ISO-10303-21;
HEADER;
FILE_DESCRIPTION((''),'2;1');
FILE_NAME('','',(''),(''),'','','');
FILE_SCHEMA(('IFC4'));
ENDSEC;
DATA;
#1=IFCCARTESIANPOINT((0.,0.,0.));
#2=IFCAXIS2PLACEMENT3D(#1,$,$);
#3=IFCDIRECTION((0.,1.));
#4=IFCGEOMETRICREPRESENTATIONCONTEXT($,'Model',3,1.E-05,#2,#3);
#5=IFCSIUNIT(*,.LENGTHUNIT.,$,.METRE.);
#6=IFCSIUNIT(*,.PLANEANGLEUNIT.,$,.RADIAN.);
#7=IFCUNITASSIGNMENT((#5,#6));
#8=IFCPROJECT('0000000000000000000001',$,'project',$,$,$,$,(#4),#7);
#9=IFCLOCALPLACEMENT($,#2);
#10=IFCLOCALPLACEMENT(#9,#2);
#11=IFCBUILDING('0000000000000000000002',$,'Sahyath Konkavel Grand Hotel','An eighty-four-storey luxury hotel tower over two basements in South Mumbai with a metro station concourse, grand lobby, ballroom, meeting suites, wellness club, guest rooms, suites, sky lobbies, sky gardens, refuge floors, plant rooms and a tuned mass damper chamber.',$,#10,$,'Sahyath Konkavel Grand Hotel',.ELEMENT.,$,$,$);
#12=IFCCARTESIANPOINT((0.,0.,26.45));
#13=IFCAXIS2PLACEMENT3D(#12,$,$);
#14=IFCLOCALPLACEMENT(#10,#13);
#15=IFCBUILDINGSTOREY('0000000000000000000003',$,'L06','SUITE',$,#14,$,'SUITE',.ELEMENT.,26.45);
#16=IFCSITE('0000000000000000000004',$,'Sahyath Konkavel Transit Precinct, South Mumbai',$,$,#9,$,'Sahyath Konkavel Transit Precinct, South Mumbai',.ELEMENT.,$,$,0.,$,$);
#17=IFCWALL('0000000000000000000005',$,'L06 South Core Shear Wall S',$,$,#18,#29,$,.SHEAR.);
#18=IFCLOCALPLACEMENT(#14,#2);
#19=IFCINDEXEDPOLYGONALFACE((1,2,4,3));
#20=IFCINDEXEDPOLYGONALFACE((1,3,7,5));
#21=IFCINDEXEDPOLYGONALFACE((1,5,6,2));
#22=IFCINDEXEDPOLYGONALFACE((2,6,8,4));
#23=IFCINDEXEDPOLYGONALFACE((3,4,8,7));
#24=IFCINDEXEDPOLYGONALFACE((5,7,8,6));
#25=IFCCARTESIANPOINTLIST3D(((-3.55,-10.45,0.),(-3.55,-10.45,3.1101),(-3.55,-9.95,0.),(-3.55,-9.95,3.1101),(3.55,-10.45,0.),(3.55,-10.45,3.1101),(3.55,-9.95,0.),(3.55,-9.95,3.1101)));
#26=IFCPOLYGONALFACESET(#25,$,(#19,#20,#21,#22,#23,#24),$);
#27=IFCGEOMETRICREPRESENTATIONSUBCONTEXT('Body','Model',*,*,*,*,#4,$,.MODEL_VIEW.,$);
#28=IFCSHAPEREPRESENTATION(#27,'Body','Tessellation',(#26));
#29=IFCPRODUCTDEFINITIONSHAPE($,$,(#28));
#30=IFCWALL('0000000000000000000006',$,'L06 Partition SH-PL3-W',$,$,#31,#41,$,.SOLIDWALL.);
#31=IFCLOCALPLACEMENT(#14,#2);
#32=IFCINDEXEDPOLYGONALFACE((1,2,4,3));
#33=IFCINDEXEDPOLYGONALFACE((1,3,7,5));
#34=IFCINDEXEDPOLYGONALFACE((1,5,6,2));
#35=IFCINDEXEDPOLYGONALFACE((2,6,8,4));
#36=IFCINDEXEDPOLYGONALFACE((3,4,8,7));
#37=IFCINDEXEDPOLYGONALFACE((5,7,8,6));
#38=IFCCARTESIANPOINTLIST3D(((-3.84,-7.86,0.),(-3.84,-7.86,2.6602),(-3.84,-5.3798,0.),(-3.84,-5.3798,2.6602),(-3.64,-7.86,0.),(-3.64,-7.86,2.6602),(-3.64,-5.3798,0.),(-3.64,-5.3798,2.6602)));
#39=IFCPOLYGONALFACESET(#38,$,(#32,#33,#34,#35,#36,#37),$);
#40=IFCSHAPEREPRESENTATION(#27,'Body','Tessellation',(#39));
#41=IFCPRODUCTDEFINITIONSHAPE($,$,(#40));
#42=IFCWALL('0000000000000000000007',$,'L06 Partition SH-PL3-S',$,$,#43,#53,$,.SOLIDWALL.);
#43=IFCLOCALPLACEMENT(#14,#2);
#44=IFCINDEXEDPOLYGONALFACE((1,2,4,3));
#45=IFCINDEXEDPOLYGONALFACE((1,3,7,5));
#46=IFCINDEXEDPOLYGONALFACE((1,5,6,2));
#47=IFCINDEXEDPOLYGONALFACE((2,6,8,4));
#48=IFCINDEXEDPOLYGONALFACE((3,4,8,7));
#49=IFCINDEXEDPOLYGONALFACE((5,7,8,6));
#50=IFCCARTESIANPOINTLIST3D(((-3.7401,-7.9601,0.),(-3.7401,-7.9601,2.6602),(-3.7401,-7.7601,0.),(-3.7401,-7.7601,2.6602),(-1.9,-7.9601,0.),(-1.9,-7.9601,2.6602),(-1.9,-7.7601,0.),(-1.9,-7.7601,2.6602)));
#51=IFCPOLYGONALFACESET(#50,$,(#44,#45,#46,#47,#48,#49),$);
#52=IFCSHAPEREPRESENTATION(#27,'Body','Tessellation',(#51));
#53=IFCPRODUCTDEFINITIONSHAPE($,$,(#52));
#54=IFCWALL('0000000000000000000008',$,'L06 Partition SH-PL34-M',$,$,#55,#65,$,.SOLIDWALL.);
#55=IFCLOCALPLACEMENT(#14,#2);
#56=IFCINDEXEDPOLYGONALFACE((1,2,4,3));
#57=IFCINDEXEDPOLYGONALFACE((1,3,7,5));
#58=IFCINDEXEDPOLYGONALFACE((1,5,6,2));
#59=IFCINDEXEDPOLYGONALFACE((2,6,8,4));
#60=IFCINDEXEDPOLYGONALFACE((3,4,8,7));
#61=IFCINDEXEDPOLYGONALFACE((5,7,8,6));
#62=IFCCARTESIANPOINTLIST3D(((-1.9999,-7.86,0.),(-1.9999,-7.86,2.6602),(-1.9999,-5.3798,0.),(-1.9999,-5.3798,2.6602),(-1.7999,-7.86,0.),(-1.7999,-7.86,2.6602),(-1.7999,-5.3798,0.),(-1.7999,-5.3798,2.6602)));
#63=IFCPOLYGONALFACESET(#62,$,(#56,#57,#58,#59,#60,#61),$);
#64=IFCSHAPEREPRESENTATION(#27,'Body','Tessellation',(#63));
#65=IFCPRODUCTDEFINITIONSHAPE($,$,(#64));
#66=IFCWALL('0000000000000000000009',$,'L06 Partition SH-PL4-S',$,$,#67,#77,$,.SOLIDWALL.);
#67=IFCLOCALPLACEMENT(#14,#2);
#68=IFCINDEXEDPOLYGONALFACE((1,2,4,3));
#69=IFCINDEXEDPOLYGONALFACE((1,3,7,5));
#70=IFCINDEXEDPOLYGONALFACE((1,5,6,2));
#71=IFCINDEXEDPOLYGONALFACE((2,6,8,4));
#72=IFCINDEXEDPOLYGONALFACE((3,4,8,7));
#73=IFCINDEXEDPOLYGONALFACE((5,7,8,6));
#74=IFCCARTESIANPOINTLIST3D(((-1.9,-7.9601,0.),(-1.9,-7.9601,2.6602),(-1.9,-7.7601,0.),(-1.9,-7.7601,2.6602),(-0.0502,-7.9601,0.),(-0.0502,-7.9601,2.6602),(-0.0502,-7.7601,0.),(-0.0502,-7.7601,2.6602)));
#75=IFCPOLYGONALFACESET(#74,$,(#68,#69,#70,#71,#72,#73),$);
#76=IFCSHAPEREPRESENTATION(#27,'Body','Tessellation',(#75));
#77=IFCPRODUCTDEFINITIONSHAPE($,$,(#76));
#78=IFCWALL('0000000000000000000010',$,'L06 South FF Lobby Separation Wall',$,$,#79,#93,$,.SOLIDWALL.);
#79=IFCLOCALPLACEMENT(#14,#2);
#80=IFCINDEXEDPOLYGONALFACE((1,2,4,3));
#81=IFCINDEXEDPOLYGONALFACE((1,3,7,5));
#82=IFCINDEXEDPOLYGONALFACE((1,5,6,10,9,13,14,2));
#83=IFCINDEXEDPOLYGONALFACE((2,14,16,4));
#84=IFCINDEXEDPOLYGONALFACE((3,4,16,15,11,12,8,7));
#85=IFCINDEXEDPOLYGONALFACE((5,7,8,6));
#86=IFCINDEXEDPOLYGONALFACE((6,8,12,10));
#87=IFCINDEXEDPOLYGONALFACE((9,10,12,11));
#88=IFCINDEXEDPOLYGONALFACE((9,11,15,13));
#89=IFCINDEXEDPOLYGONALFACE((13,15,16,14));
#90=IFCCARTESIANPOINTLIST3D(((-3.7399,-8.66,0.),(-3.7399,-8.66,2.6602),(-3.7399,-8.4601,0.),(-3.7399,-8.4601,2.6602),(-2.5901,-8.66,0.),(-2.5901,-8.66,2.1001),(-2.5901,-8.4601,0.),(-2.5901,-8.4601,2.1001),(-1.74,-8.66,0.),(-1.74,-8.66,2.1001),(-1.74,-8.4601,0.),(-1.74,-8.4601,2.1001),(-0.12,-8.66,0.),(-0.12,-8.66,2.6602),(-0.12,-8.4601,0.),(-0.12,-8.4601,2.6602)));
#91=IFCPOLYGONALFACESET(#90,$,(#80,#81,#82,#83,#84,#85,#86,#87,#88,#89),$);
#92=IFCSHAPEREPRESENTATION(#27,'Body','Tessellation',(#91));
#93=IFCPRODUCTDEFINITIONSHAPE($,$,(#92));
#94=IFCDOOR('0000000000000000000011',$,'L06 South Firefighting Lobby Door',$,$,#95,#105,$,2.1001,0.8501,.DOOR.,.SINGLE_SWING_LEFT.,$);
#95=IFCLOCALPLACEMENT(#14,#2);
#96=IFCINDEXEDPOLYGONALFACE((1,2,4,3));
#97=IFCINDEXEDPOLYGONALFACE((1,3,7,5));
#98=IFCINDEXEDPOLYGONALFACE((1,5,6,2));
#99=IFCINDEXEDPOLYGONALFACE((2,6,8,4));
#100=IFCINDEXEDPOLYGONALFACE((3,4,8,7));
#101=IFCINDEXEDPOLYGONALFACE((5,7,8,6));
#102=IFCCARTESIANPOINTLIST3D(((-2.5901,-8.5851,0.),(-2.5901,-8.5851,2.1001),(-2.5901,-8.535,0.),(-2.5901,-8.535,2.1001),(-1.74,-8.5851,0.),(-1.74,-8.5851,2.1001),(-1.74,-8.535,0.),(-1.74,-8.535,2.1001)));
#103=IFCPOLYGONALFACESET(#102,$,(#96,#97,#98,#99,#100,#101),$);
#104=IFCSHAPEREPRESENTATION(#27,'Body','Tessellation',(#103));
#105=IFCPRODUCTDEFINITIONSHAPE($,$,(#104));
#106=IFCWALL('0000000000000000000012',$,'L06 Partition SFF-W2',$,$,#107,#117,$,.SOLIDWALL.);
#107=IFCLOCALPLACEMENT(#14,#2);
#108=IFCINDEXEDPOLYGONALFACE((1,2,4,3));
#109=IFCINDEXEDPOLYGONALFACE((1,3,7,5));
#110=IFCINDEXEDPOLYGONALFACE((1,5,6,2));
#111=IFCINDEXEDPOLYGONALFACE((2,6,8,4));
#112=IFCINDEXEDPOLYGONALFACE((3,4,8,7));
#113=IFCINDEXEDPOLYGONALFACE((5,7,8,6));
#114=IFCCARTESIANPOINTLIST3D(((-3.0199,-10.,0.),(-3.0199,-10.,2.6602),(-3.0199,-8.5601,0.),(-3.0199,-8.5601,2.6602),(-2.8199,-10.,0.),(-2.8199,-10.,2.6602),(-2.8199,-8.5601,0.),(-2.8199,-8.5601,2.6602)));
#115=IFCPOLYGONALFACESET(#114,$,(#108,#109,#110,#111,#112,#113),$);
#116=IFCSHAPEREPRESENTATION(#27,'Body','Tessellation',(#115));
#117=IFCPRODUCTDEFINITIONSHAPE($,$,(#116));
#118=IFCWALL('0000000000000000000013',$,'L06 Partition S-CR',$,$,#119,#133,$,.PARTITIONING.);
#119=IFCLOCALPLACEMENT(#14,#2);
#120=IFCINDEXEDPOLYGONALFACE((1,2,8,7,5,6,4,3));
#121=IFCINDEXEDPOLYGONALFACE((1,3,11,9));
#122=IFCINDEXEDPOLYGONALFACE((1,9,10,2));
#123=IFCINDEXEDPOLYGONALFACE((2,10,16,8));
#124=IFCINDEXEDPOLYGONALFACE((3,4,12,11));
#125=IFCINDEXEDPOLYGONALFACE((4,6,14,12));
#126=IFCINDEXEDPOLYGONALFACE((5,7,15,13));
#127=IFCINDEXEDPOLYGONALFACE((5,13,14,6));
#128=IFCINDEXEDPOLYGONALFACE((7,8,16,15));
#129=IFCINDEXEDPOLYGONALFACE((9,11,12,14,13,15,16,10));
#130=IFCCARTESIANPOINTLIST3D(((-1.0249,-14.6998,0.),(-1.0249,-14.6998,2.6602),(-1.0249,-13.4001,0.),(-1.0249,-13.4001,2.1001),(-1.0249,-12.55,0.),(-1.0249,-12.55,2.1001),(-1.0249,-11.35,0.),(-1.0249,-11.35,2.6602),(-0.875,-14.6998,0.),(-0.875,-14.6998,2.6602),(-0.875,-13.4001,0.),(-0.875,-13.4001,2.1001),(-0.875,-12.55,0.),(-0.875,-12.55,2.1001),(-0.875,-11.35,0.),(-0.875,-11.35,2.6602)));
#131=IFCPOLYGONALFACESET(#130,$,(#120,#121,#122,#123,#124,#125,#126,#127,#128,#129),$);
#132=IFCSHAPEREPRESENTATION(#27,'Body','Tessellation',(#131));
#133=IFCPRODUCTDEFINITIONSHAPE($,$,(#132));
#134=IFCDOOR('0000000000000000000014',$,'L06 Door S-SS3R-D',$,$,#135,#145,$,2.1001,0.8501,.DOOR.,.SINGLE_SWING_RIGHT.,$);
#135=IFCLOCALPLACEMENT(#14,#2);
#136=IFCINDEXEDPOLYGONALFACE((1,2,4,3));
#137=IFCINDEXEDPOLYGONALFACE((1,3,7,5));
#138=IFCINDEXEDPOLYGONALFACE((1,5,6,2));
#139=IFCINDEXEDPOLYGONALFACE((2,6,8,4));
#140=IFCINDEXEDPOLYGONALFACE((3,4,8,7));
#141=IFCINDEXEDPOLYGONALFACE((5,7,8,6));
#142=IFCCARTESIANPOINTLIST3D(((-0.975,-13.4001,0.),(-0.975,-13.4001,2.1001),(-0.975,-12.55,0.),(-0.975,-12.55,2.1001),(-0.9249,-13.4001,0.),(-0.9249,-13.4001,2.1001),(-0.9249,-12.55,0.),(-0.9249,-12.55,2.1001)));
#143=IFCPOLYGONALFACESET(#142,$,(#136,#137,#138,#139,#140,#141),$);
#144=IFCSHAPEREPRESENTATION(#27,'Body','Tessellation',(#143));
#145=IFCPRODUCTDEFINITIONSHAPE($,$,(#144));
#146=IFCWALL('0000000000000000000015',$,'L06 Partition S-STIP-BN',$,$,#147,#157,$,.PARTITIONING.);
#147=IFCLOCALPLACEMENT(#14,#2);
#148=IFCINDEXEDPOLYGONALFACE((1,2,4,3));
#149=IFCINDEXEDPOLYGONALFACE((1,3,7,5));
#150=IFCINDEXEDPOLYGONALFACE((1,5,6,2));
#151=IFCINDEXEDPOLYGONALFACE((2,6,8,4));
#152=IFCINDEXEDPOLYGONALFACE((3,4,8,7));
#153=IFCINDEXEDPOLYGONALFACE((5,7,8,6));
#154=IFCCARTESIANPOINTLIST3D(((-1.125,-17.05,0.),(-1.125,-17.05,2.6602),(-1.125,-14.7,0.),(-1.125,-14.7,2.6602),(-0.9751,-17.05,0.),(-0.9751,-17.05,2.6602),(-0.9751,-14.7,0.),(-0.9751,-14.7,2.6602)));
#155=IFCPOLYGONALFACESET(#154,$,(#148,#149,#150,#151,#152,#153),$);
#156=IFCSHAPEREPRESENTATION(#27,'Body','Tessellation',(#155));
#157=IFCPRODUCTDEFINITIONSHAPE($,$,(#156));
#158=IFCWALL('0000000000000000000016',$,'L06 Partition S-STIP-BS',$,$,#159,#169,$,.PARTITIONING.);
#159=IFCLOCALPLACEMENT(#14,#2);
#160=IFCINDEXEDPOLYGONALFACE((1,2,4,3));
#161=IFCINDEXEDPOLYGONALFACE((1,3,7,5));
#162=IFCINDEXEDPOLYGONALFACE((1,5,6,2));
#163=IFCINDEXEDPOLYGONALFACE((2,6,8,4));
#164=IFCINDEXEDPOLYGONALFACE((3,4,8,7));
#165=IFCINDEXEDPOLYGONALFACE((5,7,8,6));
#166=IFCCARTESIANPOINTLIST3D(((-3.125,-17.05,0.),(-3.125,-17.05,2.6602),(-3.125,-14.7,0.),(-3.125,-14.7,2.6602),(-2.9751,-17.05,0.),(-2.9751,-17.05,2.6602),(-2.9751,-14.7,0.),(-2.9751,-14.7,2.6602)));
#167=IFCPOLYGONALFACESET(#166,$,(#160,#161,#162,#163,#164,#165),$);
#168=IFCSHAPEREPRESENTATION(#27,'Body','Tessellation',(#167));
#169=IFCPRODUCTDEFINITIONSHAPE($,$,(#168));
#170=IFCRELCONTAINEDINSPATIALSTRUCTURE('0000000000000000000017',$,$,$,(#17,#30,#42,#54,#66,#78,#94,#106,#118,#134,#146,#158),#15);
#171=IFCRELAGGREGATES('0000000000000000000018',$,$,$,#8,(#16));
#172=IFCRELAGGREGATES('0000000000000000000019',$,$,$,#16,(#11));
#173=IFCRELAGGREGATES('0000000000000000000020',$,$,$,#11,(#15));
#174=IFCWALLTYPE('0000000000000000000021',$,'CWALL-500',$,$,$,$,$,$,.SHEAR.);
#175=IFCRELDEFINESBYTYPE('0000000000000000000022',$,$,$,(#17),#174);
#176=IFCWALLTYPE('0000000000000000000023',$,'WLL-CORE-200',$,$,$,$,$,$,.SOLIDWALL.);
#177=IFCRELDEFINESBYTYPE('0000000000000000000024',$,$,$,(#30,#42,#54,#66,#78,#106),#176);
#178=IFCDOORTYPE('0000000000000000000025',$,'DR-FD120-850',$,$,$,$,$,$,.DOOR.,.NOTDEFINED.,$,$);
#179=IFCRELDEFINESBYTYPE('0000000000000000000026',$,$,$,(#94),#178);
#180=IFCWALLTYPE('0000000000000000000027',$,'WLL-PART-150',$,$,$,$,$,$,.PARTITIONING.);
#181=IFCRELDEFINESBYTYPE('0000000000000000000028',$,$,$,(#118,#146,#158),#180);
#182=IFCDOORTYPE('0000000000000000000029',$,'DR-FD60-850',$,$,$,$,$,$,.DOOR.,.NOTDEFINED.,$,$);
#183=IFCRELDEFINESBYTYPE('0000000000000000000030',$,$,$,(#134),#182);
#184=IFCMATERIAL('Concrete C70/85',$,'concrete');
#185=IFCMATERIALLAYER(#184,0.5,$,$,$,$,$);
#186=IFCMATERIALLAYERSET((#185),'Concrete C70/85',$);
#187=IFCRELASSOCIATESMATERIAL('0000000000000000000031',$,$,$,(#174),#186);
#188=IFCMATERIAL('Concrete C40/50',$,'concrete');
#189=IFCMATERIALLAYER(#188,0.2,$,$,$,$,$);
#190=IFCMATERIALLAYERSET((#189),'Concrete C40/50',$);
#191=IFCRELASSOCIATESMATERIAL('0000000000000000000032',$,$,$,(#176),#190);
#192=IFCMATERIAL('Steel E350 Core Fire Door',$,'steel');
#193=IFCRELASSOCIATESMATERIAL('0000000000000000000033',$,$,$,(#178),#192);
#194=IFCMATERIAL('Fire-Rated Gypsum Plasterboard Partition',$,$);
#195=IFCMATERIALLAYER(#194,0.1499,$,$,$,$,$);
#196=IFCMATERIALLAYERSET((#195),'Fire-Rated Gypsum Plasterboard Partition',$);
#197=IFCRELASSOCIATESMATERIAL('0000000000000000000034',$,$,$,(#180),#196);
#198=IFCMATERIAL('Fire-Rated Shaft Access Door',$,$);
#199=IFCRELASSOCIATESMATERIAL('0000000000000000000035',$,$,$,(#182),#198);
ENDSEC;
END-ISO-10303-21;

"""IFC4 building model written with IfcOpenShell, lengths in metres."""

from ifc_helpers import new_model, si_unit, direction, frame, frame_2d, origin, origin_2d, place, context, subcontext, project, spatial, rectangle, extrude, source, transform, mapped, material, layer, layer_set, type_object, element, fill, save


model = new_model("IFC4")

# Units and contexts
model_context = context("Model", 3, precision=1e-05, world=origin(), true_north=direction((0.0, 1.0)))
body_context = subcontext(model_context, "Body", "Model", "MODEL_VIEW")
ifc_project = project(units=[si_unit("LENGTHUNIT", "METRE"), si_unit("PLANEANGLEUNIT", "RADIAN")], contexts=[model_context])

# Site, building, storey
site_placement = place(None, origin())
site = spatial("IfcSite", under=ifc_project, at=site_placement, Name="Sahyath Konkavel Transit Precinct, South Mumbai", LongName="Sahyath Konkavel Transit Precinct, South Mumbai", CompositionType="ELEMENT", RefElevation=0.0)
building_placement = place(site_placement, origin())
building = spatial("IfcBuilding", under=site, at=building_placement, Name="Sahyath Konkavel Grand Hotel", Description="An eighty-four-storey luxury hotel tower over two basements in South Mumbai with a metro station concourse, grand lobby, ballroom, meeting suites, wellness club, guest rooms, suites, sky lobbies, sky gardens, refuge floors, plant rooms and a tuned mass damper chamber.", LongName="Sahyath Konkavel Grand Hotel", CompositionType="ELEMENT")
storey_placement = place(building_placement, frame((0.0, 0.0, 26.45)))
storey = spatial("IfcBuildingStorey", under=building, at=storey_placement, Name="L06", Description="SUITE", LongName="SUITE", CompositionType="ELEMENT", Elevation=26.45)

# Shared definitions
ifc_material_1 = material(Name="Concrete C70/85", Category="concrete")

# Walls
ifc_layer_1 = layer(ifc_material_1, 0.5)
ifc_layer_set_1 = layer_set([ifc_layer_1], Name="Concrete C70/85")
wall_type_1 = type_object("IfcWallType", Name="CWALL-500", PredefinedType="SHEAR", material=ifc_layer_set_1)
wall_1_placement = place(storey_placement, frame((-3.55, -10.2, 0.0), z_axis=(0.0, 0.0, 1.0), x_axis=(1.0, 0.0, 0.0)))
element("IfcWall", 1, at=wall_1_placement, inside=storey, type_object=wall_type_1, Name="L06 South Core Shear Wall S", PredefinedType="SHEAR", context=body_context, shape_type="SweptSolid", body=[
    extrude(rectangle(XDim=7.1001, YDim=0.5, at=frame_2d((3.55, 0.0))), origin(), (0.0, 0.0, 1.0), 3.1101),
])
ifc_material_2 = material(Name="Concrete C40/50", Category="concrete")
ifc_layer_2 = layer(ifc_material_2, 0.2)
ifc_layer_set_2 = layer_set([ifc_layer_2], Name="Concrete C40/50")
wall_type_2 = type_object("IfcWallType", Name="WLL-CORE-200", PredefinedType="SOLIDWALL", material=ifc_layer_set_2)
wall_2_placement = place(storey_placement, frame((-3.74, -7.8601, 0.0), z_axis=(0.0, 0.0, 1.0), x_axis=(0.0, 1.0, 0.0)))
element("IfcWall", 2, at=wall_2_placement, inside=storey, type_object=wall_type_2, Name="L06 Partition SH-PL3-W", PredefinedType="SOLIDWALL", context=body_context, shape_type="SweptSolid", body=[
    extrude(rectangle(XDim=2.4802, YDim=0.2, at=frame_2d((1.2402, 0.0))), origin(), (0.0, 0.0, 1.0), 2.6602),
])
wall_3_placement = place(storey_placement, frame((-3.74, -7.8601, 0.0), z_axis=(0.0, 0.0, 1.0), x_axis=(1.0, 0.0, 0.0)))
element("IfcWall", 3, at=wall_3_placement, inside=storey, type_object=wall_type_2, Name="L06 Partition SH-PL3-S", PredefinedType="SOLIDWALL", context=body_context, shape_type="SweptSolid", body=[
    extrude(rectangle(XDim=1.8401, YDim=0.2, at=frame_2d((0.9199, 0.0))), origin(), (0.0, 0.0, 1.0), 2.6602),
])
wall_4_placement = place(storey_placement, frame((-1.8999, -7.8601, 0.0), z_axis=(0.0, 0.0, 1.0), x_axis=(0.0, 1.0, 0.0)))
element("IfcWall", 4, at=wall_4_placement, inside=storey, type_object=wall_type_2, Name="L06 Partition SH-PL34-M", PredefinedType="SOLIDWALL", context=body_context, shape_type="SweptSolid", body=[
    extrude(rectangle(XDim=2.4802, YDim=0.2, at=frame_2d((1.2402, 0.0))), origin(), (0.0, 0.0, 1.0), 2.6602),
])
wall_5_placement = place(storey_placement, frame((-1.8999, -7.8601, 0.0), z_axis=(0.0, 0.0, 1.0), x_axis=(1.0, 0.0, 0.0)))
element("IfcWall", 5, at=wall_5_placement, inside=storey, type_object=wall_type_2, Name="L06 Partition SH-PL4-S", PredefinedType="SOLIDWALL", context=body_context, shape_type="SweptSolid", body=[
    extrude(rectangle(XDim=1.8499, YDim=0.2, at=frame_2d((0.9248, 0.0))), origin(), (0.0, 0.0, 1.0), 2.6602),
])

# Wall, opening, door
wall_6_placement = place(storey_placement, frame((-3.74, -8.5601, 0.0), z_axis=(0.0, 0.0, 1.0), x_axis=(1.0, 0.0, 0.0)))
wall_6 = element("IfcWall", 6, at=wall_6_placement, inside=storey, type_object=wall_type_2, Name="L06 South FF Lobby Separation Wall", PredefinedType="SOLIDWALL", context=body_context, shape_type="SweptSolid", body=[
    extrude(rectangle(XDim=3.6199, YDim=0.2, at=frame_2d((1.8101, 0.0))), origin(), (0.0, 0.0, 1.0), 2.6602),
])
opening_1_placement = place(wall_6_placement, frame((1.1499, 0.0, 0.0)))
opening_1 = element("IfcOpeningElement", 7, at=opening_1_placement, cuts=wall_6, PredefinedType="OPENING", context=body_context, shape_type="SweptSolid", body=[
    extrude(rectangle(XDim=0.8501, YDim=2.1001, at=frame_2d((0.425, 1.05))), frame((0.0, 0.1099, 0.0), z_axis=(0.0, -1.0, 0.0), x_axis=(1.0, 0.0, 0.0)), (0.0, 0.0, 1.0), 0.22),
])
ifc_material_3 = material(Name="Steel E350 Core Fire Door", Category="steel")
door_type_1 = type_object("IfcDoorType", Name="DR-FD120-850", OperationType="NOTDEFINED", PredefinedType="DOOR", material=ifc_material_3)
shared_shape_1 = source(origin(), body_context, "Body", "SweptSolid", [
    extrude(rectangle(XDim=0.8501, YDim=0.05, at=origin_2d()), origin(), (0.0, 0.0, 1.0), 2.1001),
])
door_1_placement = place(opening_1_placement, frame((0.425, 0.0, 0.0)))
door_1 = element("IfcDoor", 8, at=door_1_placement, inside=storey, type_object=door_type_1, Name="L06 South Firefighting Lobby Door", OperationType="SINGLE_SWING_LEFT", OverallHeight=2.1001, OverallWidth=0.8501, PredefinedType="DOOR", context=body_context, shape_type="MappedRepresentation", body=[
    mapped(shared_shape_1, transform((0.0, 0.0, 0.0), scale=1.0)),
])
fill(opening_1, door_1)

# Wall
wall_7_placement = place(storey_placement, frame((-2.9199, -10.0, 0.0), z_axis=(0.0, 0.0, 1.0), x_axis=(0.0, 1.0, 0.0)))
element("IfcWall", 9, at=wall_7_placement, inside=storey, type_object=wall_type_2, Name="L06 Partition SFF-W2", PredefinedType="SOLIDWALL", context=body_context, shape_type="SweptSolid", body=[
    extrude(rectangle(XDim=1.4399, YDim=0.2, at=frame_2d((0.72, 0.0))), origin(), (0.0, 0.0, 1.0), 2.6602),
])

# Wall, opening, door
ifc_material_4 = material(Name="Fire-Rated Gypsum Plasterboard Partition")
ifc_layer_3 = layer(ifc_material_4, 0.1499)
ifc_layer_set_3 = layer_set([ifc_layer_3], Name="Fire-Rated Gypsum Plasterboard Partition")
wall_type_3 = type_object("IfcWallType", Name="WLL-PART-150", PredefinedType="PARTITIONING", material=ifc_layer_set_3)
wall_8_placement = place(storey_placement, frame((-0.95, -11.3501, 0.0), z_axis=(0.0, 0.0, 1.0), x_axis=(0.0, -1.0, 0.0)))
wall_8 = element("IfcWall", 10, at=wall_8_placement, inside=storey, type_object=wall_type_3, Name="L06 Partition S-CR", PredefinedType="PARTITIONING", context=body_context, shape_type="SweptSolid", body=[
    extrude(rectangle(XDim=3.3499, YDim=0.1499, at=frame_2d((1.6748, 0.0))), origin(), (0.0, 0.0, 1.0), 2.6602),
])
opening_2_placement = place(wall_8_placement, frame((1.2, 0.0, 0.0)))
opening_2 = element("IfcOpeningElement", 11, at=opening_2_placement, cuts=wall_8, PredefinedType="OPENING", context=body_context, shape_type="SweptSolid", body=[
    extrude(rectangle(XDim=0.8501, YDim=2.1001, at=frame_2d((0.425, 1.05))), frame((0.0, 0.085, 0.0), z_axis=(0.0, -1.0, 0.0), x_axis=(1.0, 0.0, 0.0)), (0.0, 0.0, 1.0), 0.1699),
])
ifc_material_5 = material(Name="Fire-Rated Shaft Access Door")
door_type_2 = type_object("IfcDoorType", Name="DR-FD60-850", OperationType="NOTDEFINED", PredefinedType="DOOR", material=ifc_material_5)
door_2_placement = place(opening_2_placement, frame((0.425, 0.0, 0.0)))
door_2 = element("IfcDoor", 12, at=door_2_placement, inside=storey, type_object=door_type_2, Name="L06 Door S-SS3R-D", OperationType="SINGLE_SWING_RIGHT", OverallHeight=2.1001, OverallWidth=0.8501, PredefinedType="DOOR", context=body_context, shape_type="MappedRepresentation", body=[
    mapped(shared_shape_1, transform((0.0, 0.0, 0.0), scale=1.0)),
])
fill(opening_2, door_2)

# Walls
for number, where, z_axis, x_axis, name in (
    (13, (-1.05, -14.7, 0.0), (0.0, 0.0, 1.0), (0.0, -1.0, 0.0), "L06 Partition S-STIP-BN"),
    (14, (-3.05, -14.7, 0.0), (0.0, 0.0, 1.0), (0.0, -1.0, 0.0), "L06 Partition S-STIP-BS"),
):
    element("IfcWall", number, at=place(storey_placement, frame(where, z_axis=z_axis, x_axis=x_axis)), inside=storey, type_object=wall_type_3, Name=name, PredefinedType="PARTITIONING", context=body_context, shape_type="SweptSolid", body=[
        extrude(rectangle(XDim=2.3501, YDim=0.1499, at=frame_2d((1.175, 0.0))), origin(), (0.0, 0.0, 1.0), 2.6602),
    ])

save(model, "model.ifc")
